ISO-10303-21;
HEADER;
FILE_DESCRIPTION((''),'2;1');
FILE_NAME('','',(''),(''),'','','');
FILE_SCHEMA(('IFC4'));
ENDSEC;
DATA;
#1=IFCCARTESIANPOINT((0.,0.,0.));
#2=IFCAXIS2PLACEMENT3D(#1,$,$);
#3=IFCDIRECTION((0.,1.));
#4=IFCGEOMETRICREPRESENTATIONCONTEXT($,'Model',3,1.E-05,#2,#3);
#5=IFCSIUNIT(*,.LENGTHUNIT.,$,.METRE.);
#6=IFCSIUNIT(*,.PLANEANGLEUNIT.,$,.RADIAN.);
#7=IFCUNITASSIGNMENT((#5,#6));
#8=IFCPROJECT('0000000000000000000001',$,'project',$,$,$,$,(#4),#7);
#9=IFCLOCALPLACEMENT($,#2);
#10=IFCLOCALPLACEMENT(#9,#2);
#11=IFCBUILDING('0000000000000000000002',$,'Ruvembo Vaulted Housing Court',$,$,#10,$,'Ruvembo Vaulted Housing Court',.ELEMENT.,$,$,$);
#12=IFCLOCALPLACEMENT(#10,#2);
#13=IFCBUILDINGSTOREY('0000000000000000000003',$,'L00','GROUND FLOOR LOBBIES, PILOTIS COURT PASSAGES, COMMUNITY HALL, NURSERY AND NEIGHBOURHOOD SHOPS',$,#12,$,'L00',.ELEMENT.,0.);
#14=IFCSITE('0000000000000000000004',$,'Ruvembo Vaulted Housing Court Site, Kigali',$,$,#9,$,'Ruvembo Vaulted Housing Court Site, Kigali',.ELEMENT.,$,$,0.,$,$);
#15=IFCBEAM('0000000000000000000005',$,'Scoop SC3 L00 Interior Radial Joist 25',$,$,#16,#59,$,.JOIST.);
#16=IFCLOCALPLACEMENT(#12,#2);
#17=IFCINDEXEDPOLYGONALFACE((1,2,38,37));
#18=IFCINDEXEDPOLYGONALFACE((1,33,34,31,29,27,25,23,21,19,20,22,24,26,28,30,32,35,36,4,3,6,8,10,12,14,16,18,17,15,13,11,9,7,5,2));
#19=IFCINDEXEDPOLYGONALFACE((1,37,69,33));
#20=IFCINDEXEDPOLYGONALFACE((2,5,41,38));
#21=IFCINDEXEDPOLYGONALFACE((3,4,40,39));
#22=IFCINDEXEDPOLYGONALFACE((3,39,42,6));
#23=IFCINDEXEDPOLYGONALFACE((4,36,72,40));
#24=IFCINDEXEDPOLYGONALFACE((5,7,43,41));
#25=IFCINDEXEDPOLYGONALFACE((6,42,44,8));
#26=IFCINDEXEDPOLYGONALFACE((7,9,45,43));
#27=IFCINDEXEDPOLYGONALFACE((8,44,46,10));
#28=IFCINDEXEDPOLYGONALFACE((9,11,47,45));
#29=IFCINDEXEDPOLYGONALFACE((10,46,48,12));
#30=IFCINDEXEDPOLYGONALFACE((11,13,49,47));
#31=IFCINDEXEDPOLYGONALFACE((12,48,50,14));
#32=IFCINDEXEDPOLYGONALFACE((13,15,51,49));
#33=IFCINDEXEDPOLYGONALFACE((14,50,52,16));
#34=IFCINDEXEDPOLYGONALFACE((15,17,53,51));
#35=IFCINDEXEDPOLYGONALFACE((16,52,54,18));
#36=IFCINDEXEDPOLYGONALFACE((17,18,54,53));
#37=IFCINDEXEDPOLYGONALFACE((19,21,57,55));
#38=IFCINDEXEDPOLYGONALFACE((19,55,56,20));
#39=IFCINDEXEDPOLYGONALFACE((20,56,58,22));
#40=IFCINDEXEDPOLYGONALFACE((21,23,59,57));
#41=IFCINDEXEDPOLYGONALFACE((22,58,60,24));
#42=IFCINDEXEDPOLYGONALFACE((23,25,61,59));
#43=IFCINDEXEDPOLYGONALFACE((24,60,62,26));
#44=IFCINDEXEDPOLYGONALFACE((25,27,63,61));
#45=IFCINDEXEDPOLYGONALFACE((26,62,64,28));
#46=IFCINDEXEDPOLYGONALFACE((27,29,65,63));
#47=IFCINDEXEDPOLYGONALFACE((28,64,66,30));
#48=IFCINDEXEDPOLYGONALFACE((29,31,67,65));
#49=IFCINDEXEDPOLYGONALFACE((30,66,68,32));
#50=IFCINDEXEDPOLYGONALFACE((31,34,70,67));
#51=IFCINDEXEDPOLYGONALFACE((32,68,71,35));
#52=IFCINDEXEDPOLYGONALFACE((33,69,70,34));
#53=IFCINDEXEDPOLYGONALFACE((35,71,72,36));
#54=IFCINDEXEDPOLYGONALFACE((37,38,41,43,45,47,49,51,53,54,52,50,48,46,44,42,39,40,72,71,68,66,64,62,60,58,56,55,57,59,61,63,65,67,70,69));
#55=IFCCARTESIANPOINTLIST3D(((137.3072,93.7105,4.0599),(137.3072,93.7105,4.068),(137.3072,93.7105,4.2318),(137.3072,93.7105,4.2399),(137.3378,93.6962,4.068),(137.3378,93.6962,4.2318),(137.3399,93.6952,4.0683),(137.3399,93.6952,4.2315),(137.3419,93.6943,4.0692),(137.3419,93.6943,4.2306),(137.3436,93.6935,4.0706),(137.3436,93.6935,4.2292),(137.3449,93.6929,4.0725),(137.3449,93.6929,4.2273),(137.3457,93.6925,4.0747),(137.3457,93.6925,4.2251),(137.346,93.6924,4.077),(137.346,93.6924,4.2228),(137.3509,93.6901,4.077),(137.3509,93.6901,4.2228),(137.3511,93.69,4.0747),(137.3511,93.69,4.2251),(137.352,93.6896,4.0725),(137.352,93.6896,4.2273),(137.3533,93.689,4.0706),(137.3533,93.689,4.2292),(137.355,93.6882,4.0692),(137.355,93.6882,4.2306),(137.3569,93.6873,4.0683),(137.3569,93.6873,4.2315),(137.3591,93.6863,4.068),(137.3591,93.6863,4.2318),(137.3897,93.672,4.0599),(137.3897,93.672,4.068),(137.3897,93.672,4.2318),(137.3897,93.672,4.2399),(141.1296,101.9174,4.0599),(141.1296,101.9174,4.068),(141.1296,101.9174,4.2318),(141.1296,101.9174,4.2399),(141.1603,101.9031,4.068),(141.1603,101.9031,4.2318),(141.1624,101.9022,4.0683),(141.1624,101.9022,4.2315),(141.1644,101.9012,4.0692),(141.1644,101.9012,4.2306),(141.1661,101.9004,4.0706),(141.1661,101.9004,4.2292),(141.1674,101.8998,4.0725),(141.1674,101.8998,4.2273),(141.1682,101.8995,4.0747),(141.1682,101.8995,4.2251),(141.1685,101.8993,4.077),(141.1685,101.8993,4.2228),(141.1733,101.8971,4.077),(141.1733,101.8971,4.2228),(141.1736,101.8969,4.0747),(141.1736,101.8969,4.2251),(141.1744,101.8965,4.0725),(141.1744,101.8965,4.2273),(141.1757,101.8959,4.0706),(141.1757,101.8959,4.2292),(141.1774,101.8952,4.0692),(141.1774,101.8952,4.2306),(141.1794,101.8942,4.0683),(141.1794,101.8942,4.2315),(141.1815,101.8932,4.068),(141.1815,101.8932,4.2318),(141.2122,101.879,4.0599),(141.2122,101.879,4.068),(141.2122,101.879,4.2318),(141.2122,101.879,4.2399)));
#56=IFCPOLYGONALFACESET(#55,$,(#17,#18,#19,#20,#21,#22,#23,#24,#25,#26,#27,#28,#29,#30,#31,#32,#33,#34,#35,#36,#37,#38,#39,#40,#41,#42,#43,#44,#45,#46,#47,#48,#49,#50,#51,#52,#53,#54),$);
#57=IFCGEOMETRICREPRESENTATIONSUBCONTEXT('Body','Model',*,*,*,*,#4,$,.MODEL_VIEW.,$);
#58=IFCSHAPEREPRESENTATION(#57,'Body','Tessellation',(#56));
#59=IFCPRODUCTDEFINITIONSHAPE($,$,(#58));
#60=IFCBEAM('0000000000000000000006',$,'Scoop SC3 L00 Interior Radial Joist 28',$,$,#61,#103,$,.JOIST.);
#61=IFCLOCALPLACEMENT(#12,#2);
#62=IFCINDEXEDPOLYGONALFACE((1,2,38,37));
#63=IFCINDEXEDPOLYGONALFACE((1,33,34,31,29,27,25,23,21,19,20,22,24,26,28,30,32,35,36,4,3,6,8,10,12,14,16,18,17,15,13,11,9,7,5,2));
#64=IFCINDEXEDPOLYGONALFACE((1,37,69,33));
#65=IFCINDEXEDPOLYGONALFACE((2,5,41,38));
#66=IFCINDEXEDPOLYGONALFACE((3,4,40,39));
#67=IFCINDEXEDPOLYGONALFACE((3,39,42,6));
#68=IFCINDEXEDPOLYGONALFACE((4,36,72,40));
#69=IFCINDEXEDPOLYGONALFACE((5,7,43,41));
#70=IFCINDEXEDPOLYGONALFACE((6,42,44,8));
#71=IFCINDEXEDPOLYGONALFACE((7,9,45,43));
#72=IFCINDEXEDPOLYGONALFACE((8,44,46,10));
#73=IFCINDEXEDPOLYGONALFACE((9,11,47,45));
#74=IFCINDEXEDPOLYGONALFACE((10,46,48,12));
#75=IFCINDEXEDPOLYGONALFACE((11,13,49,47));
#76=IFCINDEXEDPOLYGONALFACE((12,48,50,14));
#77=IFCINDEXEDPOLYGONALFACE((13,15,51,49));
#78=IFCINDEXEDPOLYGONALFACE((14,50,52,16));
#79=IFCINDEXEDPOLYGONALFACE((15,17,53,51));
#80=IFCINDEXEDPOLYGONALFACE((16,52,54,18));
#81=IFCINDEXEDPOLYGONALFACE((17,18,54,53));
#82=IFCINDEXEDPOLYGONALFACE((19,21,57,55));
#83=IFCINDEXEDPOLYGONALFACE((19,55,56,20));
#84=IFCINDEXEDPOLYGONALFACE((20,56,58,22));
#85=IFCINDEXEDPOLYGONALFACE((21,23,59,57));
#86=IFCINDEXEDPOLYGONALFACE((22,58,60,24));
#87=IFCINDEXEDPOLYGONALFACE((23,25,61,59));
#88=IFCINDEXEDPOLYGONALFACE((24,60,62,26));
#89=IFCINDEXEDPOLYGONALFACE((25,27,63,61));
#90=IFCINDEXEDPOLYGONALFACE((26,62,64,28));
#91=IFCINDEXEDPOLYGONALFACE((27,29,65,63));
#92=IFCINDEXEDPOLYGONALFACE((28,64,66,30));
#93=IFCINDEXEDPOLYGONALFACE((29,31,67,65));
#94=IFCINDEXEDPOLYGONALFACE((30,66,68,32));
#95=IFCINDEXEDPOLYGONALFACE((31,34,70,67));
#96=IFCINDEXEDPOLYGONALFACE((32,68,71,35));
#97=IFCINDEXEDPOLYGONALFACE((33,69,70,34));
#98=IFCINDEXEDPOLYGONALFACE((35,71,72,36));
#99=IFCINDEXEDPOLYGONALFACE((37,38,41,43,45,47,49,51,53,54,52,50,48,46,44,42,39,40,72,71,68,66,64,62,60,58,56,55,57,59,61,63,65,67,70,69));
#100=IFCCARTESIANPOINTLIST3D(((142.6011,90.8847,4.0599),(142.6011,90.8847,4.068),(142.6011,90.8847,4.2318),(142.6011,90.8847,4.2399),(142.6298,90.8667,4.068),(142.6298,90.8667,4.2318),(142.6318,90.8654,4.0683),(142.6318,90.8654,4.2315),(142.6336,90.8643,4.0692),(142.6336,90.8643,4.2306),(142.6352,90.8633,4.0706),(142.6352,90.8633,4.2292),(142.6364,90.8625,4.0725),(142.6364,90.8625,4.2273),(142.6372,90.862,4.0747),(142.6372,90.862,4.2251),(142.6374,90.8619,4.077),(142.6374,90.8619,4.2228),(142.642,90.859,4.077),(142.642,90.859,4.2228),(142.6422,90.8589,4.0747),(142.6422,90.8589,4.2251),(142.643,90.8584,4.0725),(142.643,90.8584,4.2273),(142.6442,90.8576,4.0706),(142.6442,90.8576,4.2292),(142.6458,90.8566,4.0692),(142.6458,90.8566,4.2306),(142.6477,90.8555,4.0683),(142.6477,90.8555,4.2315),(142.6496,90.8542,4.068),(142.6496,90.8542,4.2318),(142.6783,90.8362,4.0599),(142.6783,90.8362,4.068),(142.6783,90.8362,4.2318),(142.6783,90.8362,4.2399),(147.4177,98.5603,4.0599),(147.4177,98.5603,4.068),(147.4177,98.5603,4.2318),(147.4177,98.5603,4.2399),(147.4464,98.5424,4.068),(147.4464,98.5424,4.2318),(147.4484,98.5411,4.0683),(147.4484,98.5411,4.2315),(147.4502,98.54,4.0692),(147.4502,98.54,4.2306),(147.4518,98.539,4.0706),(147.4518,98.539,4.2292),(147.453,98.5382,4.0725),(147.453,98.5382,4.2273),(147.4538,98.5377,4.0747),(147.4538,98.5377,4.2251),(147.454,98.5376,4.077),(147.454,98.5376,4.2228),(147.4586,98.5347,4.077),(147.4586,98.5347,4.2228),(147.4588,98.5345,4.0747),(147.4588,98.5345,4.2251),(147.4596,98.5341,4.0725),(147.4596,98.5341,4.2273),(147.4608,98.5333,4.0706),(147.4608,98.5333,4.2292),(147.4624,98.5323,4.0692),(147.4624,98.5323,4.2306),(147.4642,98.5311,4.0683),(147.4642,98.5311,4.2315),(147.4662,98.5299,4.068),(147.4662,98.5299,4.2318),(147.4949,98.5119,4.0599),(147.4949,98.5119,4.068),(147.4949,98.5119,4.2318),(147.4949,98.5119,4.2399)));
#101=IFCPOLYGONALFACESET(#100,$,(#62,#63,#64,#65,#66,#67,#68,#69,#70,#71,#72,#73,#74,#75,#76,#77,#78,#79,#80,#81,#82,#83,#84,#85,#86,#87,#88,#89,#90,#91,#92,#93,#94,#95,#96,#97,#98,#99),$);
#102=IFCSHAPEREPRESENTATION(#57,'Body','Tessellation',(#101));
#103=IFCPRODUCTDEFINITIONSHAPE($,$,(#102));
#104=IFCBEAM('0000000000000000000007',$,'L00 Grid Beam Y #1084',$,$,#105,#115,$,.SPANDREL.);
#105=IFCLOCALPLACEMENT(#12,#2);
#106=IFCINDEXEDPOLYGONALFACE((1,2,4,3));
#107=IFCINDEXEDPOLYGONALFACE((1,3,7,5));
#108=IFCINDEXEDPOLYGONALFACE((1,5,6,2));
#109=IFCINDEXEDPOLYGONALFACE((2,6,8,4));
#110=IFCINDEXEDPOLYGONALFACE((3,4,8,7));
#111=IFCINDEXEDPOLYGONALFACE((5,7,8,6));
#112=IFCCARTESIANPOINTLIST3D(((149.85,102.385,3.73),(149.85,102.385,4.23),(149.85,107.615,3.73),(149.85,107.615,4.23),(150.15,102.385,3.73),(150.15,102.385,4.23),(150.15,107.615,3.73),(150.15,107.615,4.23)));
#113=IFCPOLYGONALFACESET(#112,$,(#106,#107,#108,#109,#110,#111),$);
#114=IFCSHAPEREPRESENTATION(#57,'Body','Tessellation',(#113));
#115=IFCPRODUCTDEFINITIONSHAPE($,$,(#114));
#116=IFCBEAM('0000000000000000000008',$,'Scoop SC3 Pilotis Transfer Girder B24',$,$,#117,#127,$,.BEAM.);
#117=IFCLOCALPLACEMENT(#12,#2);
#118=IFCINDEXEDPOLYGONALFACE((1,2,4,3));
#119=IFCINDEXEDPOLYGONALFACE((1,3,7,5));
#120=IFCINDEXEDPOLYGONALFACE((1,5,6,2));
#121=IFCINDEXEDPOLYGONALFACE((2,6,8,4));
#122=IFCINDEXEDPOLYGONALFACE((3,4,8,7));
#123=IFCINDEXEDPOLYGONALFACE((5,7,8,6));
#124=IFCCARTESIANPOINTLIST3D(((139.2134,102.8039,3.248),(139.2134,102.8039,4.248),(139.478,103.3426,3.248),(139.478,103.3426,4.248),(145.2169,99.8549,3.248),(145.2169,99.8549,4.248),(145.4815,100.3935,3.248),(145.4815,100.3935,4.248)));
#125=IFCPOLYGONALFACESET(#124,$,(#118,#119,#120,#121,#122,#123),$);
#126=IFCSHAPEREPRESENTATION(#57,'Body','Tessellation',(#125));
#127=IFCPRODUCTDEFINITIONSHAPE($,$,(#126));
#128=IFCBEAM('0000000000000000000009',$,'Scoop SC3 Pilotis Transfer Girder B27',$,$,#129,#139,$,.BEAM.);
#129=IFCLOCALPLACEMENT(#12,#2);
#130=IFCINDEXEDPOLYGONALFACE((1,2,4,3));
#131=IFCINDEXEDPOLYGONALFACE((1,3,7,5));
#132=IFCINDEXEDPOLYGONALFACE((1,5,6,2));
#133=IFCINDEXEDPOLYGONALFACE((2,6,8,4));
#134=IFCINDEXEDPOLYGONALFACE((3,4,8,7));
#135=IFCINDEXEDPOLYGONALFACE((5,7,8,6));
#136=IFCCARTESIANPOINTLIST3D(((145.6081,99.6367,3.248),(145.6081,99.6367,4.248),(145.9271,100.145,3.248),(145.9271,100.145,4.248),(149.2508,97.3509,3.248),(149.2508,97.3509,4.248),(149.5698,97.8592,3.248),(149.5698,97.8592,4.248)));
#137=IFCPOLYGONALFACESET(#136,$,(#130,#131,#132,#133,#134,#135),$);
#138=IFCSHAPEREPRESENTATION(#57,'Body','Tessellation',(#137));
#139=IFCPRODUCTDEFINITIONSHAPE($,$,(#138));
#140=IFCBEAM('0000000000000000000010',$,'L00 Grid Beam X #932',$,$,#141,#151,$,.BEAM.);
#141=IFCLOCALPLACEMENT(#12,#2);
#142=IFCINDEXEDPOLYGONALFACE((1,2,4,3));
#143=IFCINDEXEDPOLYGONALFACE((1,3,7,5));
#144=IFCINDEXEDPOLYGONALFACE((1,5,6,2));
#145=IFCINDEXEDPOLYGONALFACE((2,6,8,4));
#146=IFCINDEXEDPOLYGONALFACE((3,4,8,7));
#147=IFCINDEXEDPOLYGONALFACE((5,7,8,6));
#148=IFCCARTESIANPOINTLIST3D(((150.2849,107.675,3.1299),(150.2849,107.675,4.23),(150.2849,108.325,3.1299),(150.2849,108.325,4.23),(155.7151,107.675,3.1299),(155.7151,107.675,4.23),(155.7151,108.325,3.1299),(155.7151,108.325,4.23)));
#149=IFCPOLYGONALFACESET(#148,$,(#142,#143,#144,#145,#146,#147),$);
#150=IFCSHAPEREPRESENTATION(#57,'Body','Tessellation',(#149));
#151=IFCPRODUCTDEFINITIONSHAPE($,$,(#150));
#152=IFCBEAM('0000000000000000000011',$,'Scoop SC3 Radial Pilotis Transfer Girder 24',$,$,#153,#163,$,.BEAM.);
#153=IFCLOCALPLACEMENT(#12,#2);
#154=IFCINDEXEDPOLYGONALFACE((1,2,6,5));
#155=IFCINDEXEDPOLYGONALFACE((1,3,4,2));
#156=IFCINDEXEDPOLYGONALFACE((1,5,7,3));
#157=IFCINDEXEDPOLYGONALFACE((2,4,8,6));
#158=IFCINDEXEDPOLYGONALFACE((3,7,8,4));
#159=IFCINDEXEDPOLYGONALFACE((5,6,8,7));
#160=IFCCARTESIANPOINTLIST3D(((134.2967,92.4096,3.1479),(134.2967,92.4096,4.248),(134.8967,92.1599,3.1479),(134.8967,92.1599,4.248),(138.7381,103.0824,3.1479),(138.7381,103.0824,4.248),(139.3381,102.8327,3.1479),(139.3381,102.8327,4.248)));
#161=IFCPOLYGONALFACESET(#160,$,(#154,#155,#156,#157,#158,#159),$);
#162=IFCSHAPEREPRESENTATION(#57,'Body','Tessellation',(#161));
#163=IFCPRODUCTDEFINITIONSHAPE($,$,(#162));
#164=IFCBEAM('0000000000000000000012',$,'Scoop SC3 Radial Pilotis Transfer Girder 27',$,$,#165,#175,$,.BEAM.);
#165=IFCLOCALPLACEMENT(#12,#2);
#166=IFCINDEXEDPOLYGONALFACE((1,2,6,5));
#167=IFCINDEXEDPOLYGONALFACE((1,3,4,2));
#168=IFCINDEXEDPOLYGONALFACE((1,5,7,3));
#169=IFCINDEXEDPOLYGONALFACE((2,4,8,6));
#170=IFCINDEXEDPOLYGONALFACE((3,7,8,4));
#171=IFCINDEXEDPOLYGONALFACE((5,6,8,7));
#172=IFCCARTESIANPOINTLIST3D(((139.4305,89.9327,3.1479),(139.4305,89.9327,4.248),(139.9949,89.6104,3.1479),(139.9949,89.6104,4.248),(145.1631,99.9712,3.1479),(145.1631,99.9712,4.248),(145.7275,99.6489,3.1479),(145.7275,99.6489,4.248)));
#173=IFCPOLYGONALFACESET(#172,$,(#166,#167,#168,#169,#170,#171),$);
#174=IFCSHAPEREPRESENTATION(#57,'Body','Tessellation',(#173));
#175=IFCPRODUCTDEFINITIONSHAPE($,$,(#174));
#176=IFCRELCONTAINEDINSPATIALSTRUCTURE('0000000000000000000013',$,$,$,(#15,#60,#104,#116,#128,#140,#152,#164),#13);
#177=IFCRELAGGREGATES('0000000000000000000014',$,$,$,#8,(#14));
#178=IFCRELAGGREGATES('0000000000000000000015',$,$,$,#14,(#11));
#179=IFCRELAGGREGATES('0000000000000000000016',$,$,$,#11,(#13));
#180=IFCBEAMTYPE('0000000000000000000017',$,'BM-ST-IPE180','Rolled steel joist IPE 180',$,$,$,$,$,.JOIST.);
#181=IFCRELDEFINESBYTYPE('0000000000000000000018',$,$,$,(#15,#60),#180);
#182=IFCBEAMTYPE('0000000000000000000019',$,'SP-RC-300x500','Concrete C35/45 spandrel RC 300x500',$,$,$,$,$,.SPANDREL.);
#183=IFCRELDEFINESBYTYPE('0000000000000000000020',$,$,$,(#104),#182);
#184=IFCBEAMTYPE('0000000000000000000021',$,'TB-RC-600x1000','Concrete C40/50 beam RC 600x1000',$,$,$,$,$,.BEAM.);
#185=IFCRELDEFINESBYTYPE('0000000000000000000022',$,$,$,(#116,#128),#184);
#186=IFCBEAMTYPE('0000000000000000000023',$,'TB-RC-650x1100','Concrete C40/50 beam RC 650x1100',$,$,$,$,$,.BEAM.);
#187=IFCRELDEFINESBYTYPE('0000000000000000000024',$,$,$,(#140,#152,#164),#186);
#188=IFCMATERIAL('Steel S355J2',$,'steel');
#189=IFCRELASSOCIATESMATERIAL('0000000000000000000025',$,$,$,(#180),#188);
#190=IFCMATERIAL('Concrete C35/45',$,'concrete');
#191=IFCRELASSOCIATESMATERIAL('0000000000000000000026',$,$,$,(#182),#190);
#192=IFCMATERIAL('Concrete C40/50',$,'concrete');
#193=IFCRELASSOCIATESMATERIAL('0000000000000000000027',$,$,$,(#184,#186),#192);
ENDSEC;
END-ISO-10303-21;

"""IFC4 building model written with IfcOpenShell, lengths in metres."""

from ifc_helpers import new_model, si_unit, direction, frame, origin, origin_2d, place, context, subcontext, project, spatial, rectangle, i_section, extrude, material, material_profile, profile_set, type_object, element, save


model = new_model("IFC4")

# Units and contexts
model_context = context("Model", 3, precision=1e-05, world=origin(), true_north=direction((0.0, 1.0)))
body_context = subcontext(model_context, "Body", "Model", "MODEL_VIEW")
ifc_project = project(units=[si_unit("LENGTHUNIT", "METRE"), si_unit("PLANEANGLEUNIT", "RADIAN")], contexts=[model_context])

# Site, building, storey
site_placement = place(None, origin())
site = spatial("IfcSite", under=ifc_project, at=site_placement, Name="Ruvembo Vaulted Housing Court Site, Kigali", LongName="Ruvembo Vaulted Housing Court Site, Kigali", CompositionType="ELEMENT", RefElevation=0.0)
building_placement = place(site_placement, origin())
building = spatial("IfcBuilding", under=site, at=building_placement, Name="Ruvembo Vaulted Housing Court", LongName="Ruvembo Vaulted Housing Court", CompositionType="ELEMENT")
storey_placement = place(building_placement, origin())
storey = spatial("IfcBuildingStorey", under=building, at=storey_placement, Name="L00", Description="GROUND FLOOR LOBBIES, PILOTIS COURT PASSAGES, COMMUNITY HALL, NURSERY AND NEIGHBOURHOOD SHOPS", LongName="L00", CompositionType="ELEMENT", Elevation=0.0)

# Shared definitions
ifc_material_1 = material(Name="Concrete C40/50", Category="concrete")

# Beams
ifc_material_2 = material(Name="Concrete C35/45", Category="concrete")
ifc_material_3 = material(Name="Steel S355J2", Category="steel")
ifc_material_profile_1 = material_profile(ifc_material_3, i_section(OverallWidth=0.0911, OverallDepth=0.1799, WebThickness=0.0054, FlangeThickness=0.0081, FilletRadius=0.009, at=origin_2d()), Name="IPE 180")
ifc_profile_set_1 = profile_set([ifc_material_profile_1], Name="Steel S355J2")
beam_type_1 = type_object("IfcBeamType", Name="BM-ST-IPE180", Description="Rolled steel joist IPE 180", PredefinedType="JOIST", material=ifc_profile_set_1)
beam_1_placement = place(storey_placement, frame((141.1709, 101.8982, 4.1499), z_axis=(-0.422211, -0.906498, 0.0), x_axis=(0.906498, -0.422211, 0.0)))
element("IfcBeam", 1, at=beam_1_placement, inside=storey, type_object=beam_type_1, Name="Scoop SC3 L00 Interior Radial Joist 25", PredefinedType="JOIST", context=body_context, shape_type="SweptSolid", body=[
    extrude(i_section(OverallWidth=0.0911, OverallDepth=0.1799, WebThickness=0.0054, FlangeThickness=0.0081, FilletRadius=0.009, at=origin_2d()), origin(), (0.0, 0.0, 1.0), 9.0535),
])
beam_2_placement = place(storey_placement, frame((147.4563, 98.5361, 4.1499), z_axis=(-0.531529, -0.84704, 0.0), x_axis=(0.84704, -0.531529, 0.0)))
element("IfcBeam", 2, at=beam_2_placement, inside=storey, type_object=beam_type_1, Name="Scoop SC3 L00 Interior Radial Joist 28", PredefinedType="JOIST", context=body_context, shape_type="SweptSolid", body=[
    extrude(i_section(OverallWidth=0.0911, OverallDepth=0.1799, WebThickness=0.0054, FlangeThickness=0.0081, FilletRadius=0.009, at=origin_2d()), origin(), (0.0, 0.0, 1.0), 9.0618),
])
ifc_material_profile_2 = material_profile(ifc_material_2, rectangle(XDim=0.3, YDim=0.5, at=origin_2d()), Name="RC 300x500")
ifc_profile_set_2 = profile_set([ifc_material_profile_2], Name="Concrete C35/45")
beam_type_2 = type_object("IfcBeamType", Name="SP-RC-300x500", Description="Concrete C35/45 spandrel RC 300x500", PredefinedType="SPANDREL", material=ifc_profile_set_2)
beam_3_placement = place(storey_placement, frame((150.0, 102.385, 3.98), z_axis=(0.0, 1.0, 0.0), x_axis=(-1.0, 0.0, 0.0)))
element("IfcBeam", 3, at=beam_3_placement, inside=storey, type_object=beam_type_2, Name="L00 Grid Beam Y #1084", PredefinedType="SPANDREL", context=body_context, shape_type="SweptSolid", body=[
    extrude(rectangle(XDim=0.3, YDim=0.5, at=origin_2d()), origin(), (0.0, 0.0, 1.0), 5.23),
])
ifc_material_profile_3 = material_profile(ifc_material_1, rectangle(XDim=0.6001, YDim=1.0, at=origin_2d()), Name="RC 600x1000")
ifc_profile_set_3 = profile_set([ifc_material_profile_3], Name="Concrete C40/50")
beam_type_3 = type_object("IfcBeamType", Name="TB-RC-600x1000", Description="Concrete C40/50 beam RC 600x1000", PredefinedType="BEAM", material=ifc_profile_set_3)
beam_4_placement = place(storey_placement, frame((139.3457, 103.0732, 3.748), z_axis=(0.897559, -0.440895, 0.0), x_axis=(0.440895, 0.897559, 0.0)))
element("IfcBeam", 4, at=beam_4_placement, inside=storey, type_object=beam_type_3, Name="Scoop SC3 Pilotis Transfer Girder B24", PredefinedType="BEAM", context=body_context, shape_type="SweptSolid", body=[
    extrude(rectangle(XDim=0.6001, YDim=1.0, at=origin_2d()), origin(), (0.0, 0.0, 1.0), 6.6887),
])
beam_5_placement = place(storey_placement, frame((145.7676, 99.8909, 3.748), z_axis=(0.847043, -0.531524, 0.0), x_axis=(0.531524, 0.847043, 0.0)))
element("IfcBeam", 5, at=beam_5_placement, inside=storey, type_object=beam_type_3, Name="Scoop SC3 Pilotis Transfer Girder B27", PredefinedType="BEAM", context=body_context, shape_type="SweptSolid", body=[
    extrude(rectangle(XDim=0.6001, YDim=1.0, at=origin_2d()), origin(), (0.0, 0.0, 1.0), 4.3005),
])
ifc_material_profile_4 = material_profile(ifc_material_1, rectangle(XDim=0.6499, YDim=1.1001, at=origin_2d()), Name="RC 650x1100")
ifc_profile_set_4 = profile_set([ifc_material_profile_4], Name="Concrete C40/50")
beam_type_4 = type_object("IfcBeamType", Name="TB-RC-650x1100", Description="Concrete C40/50 beam RC 650x1100", PredefinedType="BEAM", material=ifc_profile_set_4)
beam_6_placement = place(storey_placement, frame((150.2849, 108.0, 3.6799), z_axis=(1.0, 0.0, 0.0), x_axis=(0.0, 1.0, 0.0)))
element("IfcBeam", 6, at=beam_6_placement, inside=storey, type_object=beam_type_4, Name="L00 Grid Beam X #932", PredefinedType="BEAM", context=body_context, shape_type="SweptSolid", body=[
    extrude(rectangle(XDim=0.6499, YDim=1.1001, at=origin_2d()), origin(), (0.0, 0.0, 1.0), 5.4302),
])
for number, where, z_axis, x_axis, name in (
    (7, (139.0381, 102.9575, 3.698), (-0.384201, -0.923249, 0.0), (0.923249, -0.384201, 0.0), "Scoop SC3 Radial Pilotis Transfer Girder 24"),
    (8, (145.4453, 99.8101, 3.698), (-0.4959, -0.86838, 0.0), (0.86838, -0.4959, 0.0), "Scoop SC3 Radial Pilotis Transfer Girder 27"),
):
    element("IfcBeam", number, at=place(storey_placement, frame(where, z_axis=z_axis, x_axis=x_axis)), inside=storey, type_object=beam_type_4, Name=name, PredefinedType="BEAM", context=body_context, shape_type="SweptSolid", body=[
        extrude(rectangle(XDim=0.6499, YDim=1.1001, at=origin_2d()), origin(), (0.0, 0.0, 1.0), 11.5601),
    ])

save(model, "model.ifc")
